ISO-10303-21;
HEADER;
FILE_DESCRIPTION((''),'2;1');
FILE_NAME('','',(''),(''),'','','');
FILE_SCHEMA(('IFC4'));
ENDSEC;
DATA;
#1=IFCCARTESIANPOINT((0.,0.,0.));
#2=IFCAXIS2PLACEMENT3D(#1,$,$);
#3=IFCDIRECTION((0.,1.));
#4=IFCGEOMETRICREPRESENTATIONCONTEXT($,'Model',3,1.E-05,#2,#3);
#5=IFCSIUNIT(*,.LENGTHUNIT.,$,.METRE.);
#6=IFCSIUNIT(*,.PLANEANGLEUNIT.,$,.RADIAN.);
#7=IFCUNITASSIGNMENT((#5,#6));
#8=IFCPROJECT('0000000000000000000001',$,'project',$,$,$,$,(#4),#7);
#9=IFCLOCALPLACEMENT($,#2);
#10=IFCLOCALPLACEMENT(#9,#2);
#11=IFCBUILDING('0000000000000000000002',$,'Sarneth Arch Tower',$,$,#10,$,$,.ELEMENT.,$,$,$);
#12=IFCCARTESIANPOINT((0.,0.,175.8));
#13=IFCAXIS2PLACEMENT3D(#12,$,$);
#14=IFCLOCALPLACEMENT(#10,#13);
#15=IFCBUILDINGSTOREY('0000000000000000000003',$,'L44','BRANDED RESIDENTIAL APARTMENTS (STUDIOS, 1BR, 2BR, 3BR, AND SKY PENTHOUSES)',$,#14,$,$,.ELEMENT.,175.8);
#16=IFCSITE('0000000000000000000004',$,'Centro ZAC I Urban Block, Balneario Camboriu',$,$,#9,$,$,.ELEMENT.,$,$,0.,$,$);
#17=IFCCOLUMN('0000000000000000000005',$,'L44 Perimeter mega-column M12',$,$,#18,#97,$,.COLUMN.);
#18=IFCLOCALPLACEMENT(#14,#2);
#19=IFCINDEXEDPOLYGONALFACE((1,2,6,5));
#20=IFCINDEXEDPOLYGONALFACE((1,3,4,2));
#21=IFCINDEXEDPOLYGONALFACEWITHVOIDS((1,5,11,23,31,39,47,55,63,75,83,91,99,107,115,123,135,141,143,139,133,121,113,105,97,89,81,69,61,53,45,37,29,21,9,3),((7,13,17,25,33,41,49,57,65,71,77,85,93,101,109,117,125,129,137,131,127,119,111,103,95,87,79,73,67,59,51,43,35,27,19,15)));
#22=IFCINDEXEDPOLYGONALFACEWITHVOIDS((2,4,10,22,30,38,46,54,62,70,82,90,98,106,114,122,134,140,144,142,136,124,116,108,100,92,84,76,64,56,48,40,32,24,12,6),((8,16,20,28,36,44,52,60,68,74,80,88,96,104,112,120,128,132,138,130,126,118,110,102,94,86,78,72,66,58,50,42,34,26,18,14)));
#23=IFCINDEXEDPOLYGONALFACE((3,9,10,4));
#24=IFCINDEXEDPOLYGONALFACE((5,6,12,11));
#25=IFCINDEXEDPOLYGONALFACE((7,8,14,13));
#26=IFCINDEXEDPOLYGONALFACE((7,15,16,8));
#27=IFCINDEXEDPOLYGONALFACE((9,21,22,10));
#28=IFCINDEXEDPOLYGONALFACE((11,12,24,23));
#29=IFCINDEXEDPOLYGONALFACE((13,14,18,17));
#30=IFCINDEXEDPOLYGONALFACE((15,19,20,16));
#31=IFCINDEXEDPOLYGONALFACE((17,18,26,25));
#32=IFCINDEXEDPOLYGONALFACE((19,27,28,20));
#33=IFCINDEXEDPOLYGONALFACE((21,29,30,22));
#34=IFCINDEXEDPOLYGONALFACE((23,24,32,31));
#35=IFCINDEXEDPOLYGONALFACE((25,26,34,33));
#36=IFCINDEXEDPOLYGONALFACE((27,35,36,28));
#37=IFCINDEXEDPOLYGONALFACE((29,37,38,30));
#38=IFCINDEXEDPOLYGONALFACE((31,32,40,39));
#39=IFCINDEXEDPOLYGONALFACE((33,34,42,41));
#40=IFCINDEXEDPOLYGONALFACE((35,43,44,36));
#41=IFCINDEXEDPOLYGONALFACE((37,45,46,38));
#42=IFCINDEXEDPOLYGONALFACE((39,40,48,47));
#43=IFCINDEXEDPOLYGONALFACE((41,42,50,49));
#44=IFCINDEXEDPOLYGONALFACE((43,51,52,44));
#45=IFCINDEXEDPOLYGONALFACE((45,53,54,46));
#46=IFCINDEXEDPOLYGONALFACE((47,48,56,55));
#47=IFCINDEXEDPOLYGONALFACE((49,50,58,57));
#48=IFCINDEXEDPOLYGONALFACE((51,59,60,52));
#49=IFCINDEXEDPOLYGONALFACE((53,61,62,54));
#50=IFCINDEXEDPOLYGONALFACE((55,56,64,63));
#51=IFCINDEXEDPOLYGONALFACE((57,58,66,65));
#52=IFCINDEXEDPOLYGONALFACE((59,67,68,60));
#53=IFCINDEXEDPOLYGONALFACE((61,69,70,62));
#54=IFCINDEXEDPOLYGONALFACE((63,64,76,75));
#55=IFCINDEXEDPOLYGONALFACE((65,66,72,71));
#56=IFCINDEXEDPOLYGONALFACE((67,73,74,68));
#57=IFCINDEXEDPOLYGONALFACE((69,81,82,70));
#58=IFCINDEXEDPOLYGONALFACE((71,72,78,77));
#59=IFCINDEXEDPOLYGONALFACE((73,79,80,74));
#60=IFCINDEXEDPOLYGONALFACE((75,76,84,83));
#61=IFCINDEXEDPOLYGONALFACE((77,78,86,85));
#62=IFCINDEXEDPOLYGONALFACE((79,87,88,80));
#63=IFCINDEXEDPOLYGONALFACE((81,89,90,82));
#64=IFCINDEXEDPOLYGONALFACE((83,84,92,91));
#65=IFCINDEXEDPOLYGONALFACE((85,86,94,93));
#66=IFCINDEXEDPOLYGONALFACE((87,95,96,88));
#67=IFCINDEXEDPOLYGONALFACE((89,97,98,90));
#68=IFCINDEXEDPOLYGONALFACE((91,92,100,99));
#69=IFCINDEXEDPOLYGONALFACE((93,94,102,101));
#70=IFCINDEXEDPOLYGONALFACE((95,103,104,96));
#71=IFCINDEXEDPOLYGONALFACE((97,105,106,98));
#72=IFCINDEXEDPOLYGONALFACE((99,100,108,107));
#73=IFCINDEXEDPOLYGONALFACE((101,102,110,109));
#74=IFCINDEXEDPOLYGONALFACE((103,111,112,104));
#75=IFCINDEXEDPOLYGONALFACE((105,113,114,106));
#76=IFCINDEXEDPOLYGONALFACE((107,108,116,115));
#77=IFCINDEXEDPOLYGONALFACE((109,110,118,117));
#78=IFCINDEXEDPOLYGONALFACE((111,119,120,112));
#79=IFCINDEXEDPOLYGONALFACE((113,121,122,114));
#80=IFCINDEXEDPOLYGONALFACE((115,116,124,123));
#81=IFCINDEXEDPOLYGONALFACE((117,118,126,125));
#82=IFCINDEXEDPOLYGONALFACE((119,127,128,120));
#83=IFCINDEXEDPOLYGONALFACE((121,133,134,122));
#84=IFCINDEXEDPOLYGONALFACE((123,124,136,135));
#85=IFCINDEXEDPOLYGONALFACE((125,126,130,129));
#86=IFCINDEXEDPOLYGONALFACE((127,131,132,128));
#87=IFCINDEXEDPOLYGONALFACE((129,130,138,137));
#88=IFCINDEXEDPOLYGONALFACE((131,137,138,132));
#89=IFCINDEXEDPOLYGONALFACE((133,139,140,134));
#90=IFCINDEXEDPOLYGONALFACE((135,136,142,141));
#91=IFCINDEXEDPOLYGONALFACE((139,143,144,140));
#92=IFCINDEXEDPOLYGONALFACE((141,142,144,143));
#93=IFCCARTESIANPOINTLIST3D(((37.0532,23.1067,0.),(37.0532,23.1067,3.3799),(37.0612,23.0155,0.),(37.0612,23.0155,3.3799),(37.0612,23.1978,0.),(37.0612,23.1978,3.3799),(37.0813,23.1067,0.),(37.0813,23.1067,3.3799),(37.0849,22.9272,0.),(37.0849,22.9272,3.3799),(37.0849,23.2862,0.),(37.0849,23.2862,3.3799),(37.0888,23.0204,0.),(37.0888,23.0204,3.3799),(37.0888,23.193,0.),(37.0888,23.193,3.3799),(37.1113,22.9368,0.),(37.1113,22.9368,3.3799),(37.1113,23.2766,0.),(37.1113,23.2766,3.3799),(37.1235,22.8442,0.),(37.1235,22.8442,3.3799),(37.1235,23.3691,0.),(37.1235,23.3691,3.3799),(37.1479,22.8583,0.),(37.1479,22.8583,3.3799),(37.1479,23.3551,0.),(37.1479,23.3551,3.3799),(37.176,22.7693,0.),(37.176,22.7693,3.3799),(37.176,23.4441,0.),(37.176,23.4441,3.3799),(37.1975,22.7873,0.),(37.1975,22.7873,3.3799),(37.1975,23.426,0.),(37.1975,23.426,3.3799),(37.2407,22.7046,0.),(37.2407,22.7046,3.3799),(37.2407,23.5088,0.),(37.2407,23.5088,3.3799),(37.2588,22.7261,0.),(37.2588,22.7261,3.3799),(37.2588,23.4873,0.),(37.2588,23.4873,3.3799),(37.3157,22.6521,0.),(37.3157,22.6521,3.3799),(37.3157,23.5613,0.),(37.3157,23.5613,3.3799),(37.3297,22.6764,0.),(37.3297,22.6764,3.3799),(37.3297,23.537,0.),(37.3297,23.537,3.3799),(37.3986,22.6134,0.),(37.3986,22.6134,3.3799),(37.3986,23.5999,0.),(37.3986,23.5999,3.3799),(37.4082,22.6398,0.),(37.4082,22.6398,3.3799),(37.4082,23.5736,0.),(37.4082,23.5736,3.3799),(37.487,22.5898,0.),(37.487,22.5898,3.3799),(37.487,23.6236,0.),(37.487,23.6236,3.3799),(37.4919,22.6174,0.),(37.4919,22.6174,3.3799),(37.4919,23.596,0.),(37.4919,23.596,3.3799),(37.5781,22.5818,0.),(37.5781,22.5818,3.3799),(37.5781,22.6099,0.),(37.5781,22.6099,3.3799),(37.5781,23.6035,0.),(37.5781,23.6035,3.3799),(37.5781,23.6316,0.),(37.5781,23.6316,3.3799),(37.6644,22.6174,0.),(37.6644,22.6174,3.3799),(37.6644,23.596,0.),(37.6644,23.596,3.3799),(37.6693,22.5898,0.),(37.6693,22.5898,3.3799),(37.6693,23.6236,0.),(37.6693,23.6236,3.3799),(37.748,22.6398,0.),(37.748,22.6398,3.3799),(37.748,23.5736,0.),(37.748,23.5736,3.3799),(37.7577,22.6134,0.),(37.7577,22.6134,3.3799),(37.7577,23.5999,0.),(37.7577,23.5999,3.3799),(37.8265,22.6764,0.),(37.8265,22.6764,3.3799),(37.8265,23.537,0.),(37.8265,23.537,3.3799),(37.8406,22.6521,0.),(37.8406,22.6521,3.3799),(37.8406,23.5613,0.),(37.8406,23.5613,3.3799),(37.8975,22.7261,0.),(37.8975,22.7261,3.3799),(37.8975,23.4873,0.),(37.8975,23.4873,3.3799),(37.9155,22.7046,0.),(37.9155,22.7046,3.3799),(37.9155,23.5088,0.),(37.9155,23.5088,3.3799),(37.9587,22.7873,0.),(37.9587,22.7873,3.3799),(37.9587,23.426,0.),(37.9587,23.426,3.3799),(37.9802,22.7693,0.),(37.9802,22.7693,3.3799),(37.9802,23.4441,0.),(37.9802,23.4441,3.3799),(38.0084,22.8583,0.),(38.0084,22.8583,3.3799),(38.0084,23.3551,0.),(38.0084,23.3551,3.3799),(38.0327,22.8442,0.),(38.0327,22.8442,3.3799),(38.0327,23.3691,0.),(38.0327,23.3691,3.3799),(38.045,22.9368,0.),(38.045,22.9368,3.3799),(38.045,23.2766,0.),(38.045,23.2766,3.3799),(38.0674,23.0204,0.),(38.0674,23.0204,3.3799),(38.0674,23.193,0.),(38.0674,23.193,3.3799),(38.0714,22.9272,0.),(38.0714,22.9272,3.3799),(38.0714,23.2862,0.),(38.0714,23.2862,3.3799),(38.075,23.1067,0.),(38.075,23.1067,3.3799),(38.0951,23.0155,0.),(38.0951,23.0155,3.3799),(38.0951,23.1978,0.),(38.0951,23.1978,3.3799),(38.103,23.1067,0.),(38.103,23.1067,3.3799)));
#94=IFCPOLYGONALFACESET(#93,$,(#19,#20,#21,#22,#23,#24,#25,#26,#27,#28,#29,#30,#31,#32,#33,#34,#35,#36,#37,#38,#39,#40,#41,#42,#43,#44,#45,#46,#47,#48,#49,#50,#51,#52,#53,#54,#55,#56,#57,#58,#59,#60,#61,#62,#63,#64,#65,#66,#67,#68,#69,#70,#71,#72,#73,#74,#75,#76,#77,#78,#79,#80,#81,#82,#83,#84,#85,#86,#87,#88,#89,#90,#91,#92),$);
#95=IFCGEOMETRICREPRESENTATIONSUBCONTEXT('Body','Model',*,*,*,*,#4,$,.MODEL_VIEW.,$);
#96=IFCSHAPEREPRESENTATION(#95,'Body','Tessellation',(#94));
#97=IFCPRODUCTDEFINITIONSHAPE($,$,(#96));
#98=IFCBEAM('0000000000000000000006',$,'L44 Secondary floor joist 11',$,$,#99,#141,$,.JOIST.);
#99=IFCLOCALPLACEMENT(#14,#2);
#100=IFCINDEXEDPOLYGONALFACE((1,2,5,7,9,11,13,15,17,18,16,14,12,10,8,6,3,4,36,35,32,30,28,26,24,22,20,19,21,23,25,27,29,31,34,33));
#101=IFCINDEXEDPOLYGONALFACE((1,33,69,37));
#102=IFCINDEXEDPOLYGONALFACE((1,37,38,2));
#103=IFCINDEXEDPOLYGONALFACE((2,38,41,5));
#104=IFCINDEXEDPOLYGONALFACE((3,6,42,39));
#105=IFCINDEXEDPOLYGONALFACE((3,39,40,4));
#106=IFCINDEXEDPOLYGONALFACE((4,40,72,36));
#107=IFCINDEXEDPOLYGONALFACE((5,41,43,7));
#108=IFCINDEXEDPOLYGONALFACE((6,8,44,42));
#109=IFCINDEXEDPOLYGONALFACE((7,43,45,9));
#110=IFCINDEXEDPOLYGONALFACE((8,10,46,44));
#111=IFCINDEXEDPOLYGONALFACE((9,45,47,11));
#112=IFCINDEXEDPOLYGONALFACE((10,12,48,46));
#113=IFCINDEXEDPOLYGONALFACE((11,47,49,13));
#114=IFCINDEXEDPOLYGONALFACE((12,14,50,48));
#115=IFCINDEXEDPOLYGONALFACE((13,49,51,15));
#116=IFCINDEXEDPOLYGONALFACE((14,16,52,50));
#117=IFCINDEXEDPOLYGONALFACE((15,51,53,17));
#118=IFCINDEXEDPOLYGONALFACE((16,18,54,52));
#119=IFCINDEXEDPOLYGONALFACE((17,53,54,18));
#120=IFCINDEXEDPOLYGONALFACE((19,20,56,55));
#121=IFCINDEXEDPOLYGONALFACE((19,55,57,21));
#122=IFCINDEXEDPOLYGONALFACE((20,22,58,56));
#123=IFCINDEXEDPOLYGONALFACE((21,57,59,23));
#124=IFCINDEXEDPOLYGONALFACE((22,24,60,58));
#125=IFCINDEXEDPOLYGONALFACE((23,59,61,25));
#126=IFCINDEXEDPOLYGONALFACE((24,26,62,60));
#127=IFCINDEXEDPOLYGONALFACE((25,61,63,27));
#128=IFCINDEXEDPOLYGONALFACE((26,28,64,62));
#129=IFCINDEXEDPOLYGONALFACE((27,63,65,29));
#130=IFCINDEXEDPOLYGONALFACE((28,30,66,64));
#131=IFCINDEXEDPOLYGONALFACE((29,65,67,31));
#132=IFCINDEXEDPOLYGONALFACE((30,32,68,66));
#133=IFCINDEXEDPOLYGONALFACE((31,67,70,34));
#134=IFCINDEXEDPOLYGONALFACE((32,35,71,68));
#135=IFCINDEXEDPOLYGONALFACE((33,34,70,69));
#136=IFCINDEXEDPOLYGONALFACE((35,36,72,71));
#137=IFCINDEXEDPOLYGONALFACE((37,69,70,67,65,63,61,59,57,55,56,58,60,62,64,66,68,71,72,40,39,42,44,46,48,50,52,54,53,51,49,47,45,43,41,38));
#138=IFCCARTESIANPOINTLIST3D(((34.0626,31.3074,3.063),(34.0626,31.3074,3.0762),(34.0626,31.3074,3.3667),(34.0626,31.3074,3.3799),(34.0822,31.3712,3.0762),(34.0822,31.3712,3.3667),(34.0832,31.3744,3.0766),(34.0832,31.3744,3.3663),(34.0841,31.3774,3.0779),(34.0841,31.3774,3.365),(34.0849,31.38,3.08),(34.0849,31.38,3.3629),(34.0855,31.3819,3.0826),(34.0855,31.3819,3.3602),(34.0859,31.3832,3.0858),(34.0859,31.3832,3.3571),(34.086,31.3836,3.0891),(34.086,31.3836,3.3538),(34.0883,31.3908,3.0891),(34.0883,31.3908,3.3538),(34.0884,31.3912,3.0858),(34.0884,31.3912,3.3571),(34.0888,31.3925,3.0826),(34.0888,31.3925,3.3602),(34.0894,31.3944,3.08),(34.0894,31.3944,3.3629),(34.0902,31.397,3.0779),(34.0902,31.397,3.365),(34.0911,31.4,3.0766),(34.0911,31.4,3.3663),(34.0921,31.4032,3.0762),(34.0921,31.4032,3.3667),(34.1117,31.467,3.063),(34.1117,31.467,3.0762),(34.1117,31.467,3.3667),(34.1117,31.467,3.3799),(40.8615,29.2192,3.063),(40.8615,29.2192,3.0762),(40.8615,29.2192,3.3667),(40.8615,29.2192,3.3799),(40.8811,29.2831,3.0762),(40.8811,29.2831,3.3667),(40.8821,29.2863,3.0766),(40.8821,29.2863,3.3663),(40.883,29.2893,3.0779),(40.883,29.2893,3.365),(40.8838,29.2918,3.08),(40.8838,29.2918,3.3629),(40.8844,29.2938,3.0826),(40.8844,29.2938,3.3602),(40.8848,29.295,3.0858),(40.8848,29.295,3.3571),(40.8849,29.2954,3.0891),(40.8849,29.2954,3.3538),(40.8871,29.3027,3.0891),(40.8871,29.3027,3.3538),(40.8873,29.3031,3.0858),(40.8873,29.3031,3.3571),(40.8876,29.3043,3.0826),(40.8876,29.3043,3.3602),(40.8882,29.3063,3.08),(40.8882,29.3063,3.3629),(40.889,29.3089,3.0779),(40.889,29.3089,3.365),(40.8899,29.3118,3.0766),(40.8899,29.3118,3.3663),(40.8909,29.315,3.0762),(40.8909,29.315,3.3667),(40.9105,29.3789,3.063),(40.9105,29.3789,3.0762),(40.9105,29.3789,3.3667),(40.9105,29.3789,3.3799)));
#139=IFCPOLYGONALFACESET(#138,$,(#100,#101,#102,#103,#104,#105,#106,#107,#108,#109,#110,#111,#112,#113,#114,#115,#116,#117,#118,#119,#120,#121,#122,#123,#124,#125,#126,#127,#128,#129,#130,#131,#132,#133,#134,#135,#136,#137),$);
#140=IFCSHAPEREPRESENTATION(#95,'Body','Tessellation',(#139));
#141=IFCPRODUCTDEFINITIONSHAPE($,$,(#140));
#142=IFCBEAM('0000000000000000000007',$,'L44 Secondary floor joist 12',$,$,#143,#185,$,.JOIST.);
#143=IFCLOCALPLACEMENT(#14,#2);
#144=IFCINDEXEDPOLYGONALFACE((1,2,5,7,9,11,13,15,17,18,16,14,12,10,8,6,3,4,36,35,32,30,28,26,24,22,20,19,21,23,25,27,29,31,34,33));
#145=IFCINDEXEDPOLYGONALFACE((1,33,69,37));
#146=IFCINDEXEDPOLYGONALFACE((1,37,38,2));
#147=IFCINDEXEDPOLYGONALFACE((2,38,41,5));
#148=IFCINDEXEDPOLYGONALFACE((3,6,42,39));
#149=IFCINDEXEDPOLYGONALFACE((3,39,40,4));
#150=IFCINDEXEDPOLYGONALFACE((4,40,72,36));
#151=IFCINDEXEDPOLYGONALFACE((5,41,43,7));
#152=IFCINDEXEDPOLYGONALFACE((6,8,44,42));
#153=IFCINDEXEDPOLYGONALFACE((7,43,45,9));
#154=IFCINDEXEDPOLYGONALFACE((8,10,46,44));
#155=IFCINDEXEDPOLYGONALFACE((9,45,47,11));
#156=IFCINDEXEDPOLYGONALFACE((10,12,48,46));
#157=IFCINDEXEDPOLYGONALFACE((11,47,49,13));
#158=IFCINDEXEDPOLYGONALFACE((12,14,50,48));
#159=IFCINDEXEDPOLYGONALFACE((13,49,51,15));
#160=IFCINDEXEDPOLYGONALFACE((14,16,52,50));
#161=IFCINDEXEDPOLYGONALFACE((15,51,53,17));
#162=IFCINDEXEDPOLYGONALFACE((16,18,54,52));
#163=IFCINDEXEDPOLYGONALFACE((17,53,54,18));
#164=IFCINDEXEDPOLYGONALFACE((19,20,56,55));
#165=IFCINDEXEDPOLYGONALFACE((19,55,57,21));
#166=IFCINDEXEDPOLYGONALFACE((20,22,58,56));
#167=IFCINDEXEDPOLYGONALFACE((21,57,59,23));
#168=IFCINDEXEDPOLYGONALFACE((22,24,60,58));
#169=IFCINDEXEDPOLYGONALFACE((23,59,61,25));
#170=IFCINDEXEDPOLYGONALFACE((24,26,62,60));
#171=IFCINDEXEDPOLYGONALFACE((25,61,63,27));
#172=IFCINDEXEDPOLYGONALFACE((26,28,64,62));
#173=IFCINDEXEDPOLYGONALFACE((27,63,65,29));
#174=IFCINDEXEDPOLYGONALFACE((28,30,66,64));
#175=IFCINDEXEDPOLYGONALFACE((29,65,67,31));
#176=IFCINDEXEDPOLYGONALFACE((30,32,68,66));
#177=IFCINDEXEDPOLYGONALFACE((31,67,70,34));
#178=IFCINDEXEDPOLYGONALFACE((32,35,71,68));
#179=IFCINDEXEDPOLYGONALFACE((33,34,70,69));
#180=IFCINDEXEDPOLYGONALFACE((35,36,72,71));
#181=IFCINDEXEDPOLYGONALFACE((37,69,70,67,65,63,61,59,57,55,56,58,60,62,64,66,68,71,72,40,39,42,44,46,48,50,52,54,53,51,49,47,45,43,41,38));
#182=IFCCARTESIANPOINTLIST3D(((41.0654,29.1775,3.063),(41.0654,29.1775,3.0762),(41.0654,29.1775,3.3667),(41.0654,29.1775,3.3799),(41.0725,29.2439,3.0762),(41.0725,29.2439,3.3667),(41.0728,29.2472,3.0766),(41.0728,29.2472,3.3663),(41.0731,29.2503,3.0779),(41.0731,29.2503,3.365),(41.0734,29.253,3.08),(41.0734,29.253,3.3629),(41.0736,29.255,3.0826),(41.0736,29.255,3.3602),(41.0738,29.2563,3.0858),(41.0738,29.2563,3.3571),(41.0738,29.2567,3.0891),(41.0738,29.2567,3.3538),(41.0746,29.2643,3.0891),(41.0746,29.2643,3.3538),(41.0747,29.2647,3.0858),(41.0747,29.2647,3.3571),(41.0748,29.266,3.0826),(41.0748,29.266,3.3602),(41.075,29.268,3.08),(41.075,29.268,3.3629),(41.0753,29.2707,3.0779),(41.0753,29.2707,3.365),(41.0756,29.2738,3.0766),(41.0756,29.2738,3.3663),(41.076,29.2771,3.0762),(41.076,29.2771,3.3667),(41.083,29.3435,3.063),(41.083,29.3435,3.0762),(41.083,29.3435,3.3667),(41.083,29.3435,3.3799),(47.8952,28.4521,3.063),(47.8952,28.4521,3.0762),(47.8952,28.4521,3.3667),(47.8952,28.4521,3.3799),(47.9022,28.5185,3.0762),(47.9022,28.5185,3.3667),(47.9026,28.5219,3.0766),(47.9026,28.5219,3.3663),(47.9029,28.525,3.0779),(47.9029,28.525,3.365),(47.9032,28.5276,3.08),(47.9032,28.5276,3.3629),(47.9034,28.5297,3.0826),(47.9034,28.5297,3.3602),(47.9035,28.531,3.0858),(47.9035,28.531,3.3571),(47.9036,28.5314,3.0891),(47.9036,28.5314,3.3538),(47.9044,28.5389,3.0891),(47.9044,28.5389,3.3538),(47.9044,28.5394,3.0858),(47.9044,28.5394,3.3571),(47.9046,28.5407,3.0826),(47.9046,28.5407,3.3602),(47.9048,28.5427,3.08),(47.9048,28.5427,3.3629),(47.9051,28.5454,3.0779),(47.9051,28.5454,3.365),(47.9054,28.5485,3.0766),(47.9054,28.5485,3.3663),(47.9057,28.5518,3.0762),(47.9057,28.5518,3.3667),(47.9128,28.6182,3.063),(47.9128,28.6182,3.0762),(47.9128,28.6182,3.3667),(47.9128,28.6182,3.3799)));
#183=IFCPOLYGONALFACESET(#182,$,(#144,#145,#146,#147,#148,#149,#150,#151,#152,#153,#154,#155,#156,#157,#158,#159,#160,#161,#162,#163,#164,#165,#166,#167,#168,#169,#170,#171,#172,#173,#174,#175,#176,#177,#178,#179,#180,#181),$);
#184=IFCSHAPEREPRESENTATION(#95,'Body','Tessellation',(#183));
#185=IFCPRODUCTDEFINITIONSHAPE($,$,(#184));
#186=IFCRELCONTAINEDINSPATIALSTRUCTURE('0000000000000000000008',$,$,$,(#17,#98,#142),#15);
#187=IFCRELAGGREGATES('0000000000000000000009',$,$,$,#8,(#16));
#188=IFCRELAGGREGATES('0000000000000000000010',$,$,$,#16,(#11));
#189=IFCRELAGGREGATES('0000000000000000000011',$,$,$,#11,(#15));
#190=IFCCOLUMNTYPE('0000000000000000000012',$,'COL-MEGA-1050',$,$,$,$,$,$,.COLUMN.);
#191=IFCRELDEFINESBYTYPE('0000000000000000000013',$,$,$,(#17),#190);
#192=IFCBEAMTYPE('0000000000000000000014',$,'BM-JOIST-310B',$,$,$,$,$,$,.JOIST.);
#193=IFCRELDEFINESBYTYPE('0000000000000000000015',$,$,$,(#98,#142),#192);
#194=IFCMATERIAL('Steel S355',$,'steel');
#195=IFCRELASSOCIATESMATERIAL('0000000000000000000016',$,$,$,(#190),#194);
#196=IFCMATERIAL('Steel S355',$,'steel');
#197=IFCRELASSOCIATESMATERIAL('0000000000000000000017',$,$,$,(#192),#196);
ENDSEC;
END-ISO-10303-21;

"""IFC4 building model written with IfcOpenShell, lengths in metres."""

from ifc_helpers import new_model, si_unit, direction, frame, origin, origin_2d, place, context, subcontext, project, spatial, hollow_circle, i_section, extrude, material, material_profile, profile_set, type_object, element, save


model = new_model("IFC4")

# Units and contexts
model_context = context("Model", 3, precision=1e-05, world=origin(), true_north=direction((0.0, 1.0)))
body_context = subcontext(model_context, "Body", "Model", "MODEL_VIEW")
ifc_project = project(units=[si_unit("LENGTHUNIT", "METRE"), si_unit("PLANEANGLEUNIT", "RADIAN")], contexts=[model_context])

# Site, building, storey
site_placement = place(None, origin())
site = spatial("IfcSite", under=ifc_project, at=site_placement, Name="Centro ZAC I Urban Block, Balneario Camboriu", CompositionType="ELEMENT", RefElevation=0.0)
building_placement = place(site_placement, origin())
building = spatial("IfcBuilding", under=site, at=building_placement, Name="Sarneth Arch Tower", CompositionType="ELEMENT")
storey_placement = place(building_placement, frame((0.0, 0.0, 175.8)))
storey = spatial("IfcBuildingStorey", under=building, at=storey_placement, Name="L44", Description="BRANDED RESIDENTIAL APARTMENTS (STUDIOS, 1BR, 2BR, 3BR, AND SKY PENTHOUSES)", CompositionType="ELEMENT", Elevation=175.8)

# Column
ifc_material_1 = material(Name="Steel S355", Category="steel")
ifc_material_profile_1 = material_profile(ifc_material_1, hollow_circle(Radius=0.5249, WallThickness=0.0281, at=origin_2d()), Name="CHS1050x28")
ifc_profile_set_1 = profile_set([ifc_material_profile_1], Name="Steel S355")
column_type = type_object("IfcColumnType", Name="COL-MEGA-1050", PredefinedType="COLUMN", material=ifc_profile_set_1)
column_placement = place(storey_placement, frame((37.5781, 23.1067, 0.0), z_axis=(0.0, 0.0, 1.0), x_axis=(1.0, 0.0, 0.0)))
element("IfcColumn", 1, at=column_placement, inside=storey, type_object=column_type, Name="L44 Perimeter mega-column M12", PredefinedType="COLUMN", context=body_context, shape_type="SweptSolid", body=[
    extrude(hollow_circle(Radius=0.5249, WallThickness=0.0281, at=origin_2d()), origin(), (0.0, 0.0, 1.0), 3.3799),
])

# Beams
ifc_material_2 = material(Name="Steel S355", Category="steel")
ifc_material_profile_2 = material_profile(ifc_material_2, i_section(OverallWidth=0.167, OverallDepth=0.3169, WebThickness=0.0076, FlangeThickness=0.0132, FilletRadius=0.0129, at=origin_2d()), Name="W310x52")
ifc_profile_set_2 = profile_set([ifc_material_profile_2], Name="Steel S355")
beam_type_1 = type_object("IfcBeamType", Name="BM-JOIST-310B", PredefinedType="JOIST", material=ifc_profile_set_2)
beam_1_placement = place(storey_placement, frame((34.0872, 31.3872, 3.2214), z_axis=(0.95593, -0.293596, 0.0), x_axis=(0.293596, 0.95593, 0.0)))
element("IfcBeam", 2, at=beam_1_placement, inside=storey, type_object=beam_type_1, Name="L44 Secondary floor joist 11", PredefinedType="JOIST", context=body_context, shape_type="SweptSolid", body=[
    extrude(i_section(OverallWidth=0.167, OverallDepth=0.3169, WebThickness=0.0076, FlangeThickness=0.0132, FilletRadius=0.0129, at=origin_2d()), origin(), (0.0, 0.0, 1.0), 7.1123),
])
beam_2_placement = place(storey_placement, frame((41.0742, 29.2605, 3.2214), z_axis=(0.994408, -0.105608, 0.0), x_axis=(0.105608, 0.994408, 0.0)))
element("IfcBeam", 3, at=beam_2_placement, inside=storey, type_object=beam_type_1, Name="L44 Secondary floor joist 12", PredefinedType="JOIST", context=body_context, shape_type="SweptSolid", body=[
    extrude(i_section(OverallWidth=0.167, OverallDepth=0.3169, WebThickness=0.0076, FlangeThickness=0.0132, FilletRadius=0.0129, at=origin_2d()), origin(), (0.0, 0.0, 1.0), 6.8682),
])

save(model, "model.ifc")
